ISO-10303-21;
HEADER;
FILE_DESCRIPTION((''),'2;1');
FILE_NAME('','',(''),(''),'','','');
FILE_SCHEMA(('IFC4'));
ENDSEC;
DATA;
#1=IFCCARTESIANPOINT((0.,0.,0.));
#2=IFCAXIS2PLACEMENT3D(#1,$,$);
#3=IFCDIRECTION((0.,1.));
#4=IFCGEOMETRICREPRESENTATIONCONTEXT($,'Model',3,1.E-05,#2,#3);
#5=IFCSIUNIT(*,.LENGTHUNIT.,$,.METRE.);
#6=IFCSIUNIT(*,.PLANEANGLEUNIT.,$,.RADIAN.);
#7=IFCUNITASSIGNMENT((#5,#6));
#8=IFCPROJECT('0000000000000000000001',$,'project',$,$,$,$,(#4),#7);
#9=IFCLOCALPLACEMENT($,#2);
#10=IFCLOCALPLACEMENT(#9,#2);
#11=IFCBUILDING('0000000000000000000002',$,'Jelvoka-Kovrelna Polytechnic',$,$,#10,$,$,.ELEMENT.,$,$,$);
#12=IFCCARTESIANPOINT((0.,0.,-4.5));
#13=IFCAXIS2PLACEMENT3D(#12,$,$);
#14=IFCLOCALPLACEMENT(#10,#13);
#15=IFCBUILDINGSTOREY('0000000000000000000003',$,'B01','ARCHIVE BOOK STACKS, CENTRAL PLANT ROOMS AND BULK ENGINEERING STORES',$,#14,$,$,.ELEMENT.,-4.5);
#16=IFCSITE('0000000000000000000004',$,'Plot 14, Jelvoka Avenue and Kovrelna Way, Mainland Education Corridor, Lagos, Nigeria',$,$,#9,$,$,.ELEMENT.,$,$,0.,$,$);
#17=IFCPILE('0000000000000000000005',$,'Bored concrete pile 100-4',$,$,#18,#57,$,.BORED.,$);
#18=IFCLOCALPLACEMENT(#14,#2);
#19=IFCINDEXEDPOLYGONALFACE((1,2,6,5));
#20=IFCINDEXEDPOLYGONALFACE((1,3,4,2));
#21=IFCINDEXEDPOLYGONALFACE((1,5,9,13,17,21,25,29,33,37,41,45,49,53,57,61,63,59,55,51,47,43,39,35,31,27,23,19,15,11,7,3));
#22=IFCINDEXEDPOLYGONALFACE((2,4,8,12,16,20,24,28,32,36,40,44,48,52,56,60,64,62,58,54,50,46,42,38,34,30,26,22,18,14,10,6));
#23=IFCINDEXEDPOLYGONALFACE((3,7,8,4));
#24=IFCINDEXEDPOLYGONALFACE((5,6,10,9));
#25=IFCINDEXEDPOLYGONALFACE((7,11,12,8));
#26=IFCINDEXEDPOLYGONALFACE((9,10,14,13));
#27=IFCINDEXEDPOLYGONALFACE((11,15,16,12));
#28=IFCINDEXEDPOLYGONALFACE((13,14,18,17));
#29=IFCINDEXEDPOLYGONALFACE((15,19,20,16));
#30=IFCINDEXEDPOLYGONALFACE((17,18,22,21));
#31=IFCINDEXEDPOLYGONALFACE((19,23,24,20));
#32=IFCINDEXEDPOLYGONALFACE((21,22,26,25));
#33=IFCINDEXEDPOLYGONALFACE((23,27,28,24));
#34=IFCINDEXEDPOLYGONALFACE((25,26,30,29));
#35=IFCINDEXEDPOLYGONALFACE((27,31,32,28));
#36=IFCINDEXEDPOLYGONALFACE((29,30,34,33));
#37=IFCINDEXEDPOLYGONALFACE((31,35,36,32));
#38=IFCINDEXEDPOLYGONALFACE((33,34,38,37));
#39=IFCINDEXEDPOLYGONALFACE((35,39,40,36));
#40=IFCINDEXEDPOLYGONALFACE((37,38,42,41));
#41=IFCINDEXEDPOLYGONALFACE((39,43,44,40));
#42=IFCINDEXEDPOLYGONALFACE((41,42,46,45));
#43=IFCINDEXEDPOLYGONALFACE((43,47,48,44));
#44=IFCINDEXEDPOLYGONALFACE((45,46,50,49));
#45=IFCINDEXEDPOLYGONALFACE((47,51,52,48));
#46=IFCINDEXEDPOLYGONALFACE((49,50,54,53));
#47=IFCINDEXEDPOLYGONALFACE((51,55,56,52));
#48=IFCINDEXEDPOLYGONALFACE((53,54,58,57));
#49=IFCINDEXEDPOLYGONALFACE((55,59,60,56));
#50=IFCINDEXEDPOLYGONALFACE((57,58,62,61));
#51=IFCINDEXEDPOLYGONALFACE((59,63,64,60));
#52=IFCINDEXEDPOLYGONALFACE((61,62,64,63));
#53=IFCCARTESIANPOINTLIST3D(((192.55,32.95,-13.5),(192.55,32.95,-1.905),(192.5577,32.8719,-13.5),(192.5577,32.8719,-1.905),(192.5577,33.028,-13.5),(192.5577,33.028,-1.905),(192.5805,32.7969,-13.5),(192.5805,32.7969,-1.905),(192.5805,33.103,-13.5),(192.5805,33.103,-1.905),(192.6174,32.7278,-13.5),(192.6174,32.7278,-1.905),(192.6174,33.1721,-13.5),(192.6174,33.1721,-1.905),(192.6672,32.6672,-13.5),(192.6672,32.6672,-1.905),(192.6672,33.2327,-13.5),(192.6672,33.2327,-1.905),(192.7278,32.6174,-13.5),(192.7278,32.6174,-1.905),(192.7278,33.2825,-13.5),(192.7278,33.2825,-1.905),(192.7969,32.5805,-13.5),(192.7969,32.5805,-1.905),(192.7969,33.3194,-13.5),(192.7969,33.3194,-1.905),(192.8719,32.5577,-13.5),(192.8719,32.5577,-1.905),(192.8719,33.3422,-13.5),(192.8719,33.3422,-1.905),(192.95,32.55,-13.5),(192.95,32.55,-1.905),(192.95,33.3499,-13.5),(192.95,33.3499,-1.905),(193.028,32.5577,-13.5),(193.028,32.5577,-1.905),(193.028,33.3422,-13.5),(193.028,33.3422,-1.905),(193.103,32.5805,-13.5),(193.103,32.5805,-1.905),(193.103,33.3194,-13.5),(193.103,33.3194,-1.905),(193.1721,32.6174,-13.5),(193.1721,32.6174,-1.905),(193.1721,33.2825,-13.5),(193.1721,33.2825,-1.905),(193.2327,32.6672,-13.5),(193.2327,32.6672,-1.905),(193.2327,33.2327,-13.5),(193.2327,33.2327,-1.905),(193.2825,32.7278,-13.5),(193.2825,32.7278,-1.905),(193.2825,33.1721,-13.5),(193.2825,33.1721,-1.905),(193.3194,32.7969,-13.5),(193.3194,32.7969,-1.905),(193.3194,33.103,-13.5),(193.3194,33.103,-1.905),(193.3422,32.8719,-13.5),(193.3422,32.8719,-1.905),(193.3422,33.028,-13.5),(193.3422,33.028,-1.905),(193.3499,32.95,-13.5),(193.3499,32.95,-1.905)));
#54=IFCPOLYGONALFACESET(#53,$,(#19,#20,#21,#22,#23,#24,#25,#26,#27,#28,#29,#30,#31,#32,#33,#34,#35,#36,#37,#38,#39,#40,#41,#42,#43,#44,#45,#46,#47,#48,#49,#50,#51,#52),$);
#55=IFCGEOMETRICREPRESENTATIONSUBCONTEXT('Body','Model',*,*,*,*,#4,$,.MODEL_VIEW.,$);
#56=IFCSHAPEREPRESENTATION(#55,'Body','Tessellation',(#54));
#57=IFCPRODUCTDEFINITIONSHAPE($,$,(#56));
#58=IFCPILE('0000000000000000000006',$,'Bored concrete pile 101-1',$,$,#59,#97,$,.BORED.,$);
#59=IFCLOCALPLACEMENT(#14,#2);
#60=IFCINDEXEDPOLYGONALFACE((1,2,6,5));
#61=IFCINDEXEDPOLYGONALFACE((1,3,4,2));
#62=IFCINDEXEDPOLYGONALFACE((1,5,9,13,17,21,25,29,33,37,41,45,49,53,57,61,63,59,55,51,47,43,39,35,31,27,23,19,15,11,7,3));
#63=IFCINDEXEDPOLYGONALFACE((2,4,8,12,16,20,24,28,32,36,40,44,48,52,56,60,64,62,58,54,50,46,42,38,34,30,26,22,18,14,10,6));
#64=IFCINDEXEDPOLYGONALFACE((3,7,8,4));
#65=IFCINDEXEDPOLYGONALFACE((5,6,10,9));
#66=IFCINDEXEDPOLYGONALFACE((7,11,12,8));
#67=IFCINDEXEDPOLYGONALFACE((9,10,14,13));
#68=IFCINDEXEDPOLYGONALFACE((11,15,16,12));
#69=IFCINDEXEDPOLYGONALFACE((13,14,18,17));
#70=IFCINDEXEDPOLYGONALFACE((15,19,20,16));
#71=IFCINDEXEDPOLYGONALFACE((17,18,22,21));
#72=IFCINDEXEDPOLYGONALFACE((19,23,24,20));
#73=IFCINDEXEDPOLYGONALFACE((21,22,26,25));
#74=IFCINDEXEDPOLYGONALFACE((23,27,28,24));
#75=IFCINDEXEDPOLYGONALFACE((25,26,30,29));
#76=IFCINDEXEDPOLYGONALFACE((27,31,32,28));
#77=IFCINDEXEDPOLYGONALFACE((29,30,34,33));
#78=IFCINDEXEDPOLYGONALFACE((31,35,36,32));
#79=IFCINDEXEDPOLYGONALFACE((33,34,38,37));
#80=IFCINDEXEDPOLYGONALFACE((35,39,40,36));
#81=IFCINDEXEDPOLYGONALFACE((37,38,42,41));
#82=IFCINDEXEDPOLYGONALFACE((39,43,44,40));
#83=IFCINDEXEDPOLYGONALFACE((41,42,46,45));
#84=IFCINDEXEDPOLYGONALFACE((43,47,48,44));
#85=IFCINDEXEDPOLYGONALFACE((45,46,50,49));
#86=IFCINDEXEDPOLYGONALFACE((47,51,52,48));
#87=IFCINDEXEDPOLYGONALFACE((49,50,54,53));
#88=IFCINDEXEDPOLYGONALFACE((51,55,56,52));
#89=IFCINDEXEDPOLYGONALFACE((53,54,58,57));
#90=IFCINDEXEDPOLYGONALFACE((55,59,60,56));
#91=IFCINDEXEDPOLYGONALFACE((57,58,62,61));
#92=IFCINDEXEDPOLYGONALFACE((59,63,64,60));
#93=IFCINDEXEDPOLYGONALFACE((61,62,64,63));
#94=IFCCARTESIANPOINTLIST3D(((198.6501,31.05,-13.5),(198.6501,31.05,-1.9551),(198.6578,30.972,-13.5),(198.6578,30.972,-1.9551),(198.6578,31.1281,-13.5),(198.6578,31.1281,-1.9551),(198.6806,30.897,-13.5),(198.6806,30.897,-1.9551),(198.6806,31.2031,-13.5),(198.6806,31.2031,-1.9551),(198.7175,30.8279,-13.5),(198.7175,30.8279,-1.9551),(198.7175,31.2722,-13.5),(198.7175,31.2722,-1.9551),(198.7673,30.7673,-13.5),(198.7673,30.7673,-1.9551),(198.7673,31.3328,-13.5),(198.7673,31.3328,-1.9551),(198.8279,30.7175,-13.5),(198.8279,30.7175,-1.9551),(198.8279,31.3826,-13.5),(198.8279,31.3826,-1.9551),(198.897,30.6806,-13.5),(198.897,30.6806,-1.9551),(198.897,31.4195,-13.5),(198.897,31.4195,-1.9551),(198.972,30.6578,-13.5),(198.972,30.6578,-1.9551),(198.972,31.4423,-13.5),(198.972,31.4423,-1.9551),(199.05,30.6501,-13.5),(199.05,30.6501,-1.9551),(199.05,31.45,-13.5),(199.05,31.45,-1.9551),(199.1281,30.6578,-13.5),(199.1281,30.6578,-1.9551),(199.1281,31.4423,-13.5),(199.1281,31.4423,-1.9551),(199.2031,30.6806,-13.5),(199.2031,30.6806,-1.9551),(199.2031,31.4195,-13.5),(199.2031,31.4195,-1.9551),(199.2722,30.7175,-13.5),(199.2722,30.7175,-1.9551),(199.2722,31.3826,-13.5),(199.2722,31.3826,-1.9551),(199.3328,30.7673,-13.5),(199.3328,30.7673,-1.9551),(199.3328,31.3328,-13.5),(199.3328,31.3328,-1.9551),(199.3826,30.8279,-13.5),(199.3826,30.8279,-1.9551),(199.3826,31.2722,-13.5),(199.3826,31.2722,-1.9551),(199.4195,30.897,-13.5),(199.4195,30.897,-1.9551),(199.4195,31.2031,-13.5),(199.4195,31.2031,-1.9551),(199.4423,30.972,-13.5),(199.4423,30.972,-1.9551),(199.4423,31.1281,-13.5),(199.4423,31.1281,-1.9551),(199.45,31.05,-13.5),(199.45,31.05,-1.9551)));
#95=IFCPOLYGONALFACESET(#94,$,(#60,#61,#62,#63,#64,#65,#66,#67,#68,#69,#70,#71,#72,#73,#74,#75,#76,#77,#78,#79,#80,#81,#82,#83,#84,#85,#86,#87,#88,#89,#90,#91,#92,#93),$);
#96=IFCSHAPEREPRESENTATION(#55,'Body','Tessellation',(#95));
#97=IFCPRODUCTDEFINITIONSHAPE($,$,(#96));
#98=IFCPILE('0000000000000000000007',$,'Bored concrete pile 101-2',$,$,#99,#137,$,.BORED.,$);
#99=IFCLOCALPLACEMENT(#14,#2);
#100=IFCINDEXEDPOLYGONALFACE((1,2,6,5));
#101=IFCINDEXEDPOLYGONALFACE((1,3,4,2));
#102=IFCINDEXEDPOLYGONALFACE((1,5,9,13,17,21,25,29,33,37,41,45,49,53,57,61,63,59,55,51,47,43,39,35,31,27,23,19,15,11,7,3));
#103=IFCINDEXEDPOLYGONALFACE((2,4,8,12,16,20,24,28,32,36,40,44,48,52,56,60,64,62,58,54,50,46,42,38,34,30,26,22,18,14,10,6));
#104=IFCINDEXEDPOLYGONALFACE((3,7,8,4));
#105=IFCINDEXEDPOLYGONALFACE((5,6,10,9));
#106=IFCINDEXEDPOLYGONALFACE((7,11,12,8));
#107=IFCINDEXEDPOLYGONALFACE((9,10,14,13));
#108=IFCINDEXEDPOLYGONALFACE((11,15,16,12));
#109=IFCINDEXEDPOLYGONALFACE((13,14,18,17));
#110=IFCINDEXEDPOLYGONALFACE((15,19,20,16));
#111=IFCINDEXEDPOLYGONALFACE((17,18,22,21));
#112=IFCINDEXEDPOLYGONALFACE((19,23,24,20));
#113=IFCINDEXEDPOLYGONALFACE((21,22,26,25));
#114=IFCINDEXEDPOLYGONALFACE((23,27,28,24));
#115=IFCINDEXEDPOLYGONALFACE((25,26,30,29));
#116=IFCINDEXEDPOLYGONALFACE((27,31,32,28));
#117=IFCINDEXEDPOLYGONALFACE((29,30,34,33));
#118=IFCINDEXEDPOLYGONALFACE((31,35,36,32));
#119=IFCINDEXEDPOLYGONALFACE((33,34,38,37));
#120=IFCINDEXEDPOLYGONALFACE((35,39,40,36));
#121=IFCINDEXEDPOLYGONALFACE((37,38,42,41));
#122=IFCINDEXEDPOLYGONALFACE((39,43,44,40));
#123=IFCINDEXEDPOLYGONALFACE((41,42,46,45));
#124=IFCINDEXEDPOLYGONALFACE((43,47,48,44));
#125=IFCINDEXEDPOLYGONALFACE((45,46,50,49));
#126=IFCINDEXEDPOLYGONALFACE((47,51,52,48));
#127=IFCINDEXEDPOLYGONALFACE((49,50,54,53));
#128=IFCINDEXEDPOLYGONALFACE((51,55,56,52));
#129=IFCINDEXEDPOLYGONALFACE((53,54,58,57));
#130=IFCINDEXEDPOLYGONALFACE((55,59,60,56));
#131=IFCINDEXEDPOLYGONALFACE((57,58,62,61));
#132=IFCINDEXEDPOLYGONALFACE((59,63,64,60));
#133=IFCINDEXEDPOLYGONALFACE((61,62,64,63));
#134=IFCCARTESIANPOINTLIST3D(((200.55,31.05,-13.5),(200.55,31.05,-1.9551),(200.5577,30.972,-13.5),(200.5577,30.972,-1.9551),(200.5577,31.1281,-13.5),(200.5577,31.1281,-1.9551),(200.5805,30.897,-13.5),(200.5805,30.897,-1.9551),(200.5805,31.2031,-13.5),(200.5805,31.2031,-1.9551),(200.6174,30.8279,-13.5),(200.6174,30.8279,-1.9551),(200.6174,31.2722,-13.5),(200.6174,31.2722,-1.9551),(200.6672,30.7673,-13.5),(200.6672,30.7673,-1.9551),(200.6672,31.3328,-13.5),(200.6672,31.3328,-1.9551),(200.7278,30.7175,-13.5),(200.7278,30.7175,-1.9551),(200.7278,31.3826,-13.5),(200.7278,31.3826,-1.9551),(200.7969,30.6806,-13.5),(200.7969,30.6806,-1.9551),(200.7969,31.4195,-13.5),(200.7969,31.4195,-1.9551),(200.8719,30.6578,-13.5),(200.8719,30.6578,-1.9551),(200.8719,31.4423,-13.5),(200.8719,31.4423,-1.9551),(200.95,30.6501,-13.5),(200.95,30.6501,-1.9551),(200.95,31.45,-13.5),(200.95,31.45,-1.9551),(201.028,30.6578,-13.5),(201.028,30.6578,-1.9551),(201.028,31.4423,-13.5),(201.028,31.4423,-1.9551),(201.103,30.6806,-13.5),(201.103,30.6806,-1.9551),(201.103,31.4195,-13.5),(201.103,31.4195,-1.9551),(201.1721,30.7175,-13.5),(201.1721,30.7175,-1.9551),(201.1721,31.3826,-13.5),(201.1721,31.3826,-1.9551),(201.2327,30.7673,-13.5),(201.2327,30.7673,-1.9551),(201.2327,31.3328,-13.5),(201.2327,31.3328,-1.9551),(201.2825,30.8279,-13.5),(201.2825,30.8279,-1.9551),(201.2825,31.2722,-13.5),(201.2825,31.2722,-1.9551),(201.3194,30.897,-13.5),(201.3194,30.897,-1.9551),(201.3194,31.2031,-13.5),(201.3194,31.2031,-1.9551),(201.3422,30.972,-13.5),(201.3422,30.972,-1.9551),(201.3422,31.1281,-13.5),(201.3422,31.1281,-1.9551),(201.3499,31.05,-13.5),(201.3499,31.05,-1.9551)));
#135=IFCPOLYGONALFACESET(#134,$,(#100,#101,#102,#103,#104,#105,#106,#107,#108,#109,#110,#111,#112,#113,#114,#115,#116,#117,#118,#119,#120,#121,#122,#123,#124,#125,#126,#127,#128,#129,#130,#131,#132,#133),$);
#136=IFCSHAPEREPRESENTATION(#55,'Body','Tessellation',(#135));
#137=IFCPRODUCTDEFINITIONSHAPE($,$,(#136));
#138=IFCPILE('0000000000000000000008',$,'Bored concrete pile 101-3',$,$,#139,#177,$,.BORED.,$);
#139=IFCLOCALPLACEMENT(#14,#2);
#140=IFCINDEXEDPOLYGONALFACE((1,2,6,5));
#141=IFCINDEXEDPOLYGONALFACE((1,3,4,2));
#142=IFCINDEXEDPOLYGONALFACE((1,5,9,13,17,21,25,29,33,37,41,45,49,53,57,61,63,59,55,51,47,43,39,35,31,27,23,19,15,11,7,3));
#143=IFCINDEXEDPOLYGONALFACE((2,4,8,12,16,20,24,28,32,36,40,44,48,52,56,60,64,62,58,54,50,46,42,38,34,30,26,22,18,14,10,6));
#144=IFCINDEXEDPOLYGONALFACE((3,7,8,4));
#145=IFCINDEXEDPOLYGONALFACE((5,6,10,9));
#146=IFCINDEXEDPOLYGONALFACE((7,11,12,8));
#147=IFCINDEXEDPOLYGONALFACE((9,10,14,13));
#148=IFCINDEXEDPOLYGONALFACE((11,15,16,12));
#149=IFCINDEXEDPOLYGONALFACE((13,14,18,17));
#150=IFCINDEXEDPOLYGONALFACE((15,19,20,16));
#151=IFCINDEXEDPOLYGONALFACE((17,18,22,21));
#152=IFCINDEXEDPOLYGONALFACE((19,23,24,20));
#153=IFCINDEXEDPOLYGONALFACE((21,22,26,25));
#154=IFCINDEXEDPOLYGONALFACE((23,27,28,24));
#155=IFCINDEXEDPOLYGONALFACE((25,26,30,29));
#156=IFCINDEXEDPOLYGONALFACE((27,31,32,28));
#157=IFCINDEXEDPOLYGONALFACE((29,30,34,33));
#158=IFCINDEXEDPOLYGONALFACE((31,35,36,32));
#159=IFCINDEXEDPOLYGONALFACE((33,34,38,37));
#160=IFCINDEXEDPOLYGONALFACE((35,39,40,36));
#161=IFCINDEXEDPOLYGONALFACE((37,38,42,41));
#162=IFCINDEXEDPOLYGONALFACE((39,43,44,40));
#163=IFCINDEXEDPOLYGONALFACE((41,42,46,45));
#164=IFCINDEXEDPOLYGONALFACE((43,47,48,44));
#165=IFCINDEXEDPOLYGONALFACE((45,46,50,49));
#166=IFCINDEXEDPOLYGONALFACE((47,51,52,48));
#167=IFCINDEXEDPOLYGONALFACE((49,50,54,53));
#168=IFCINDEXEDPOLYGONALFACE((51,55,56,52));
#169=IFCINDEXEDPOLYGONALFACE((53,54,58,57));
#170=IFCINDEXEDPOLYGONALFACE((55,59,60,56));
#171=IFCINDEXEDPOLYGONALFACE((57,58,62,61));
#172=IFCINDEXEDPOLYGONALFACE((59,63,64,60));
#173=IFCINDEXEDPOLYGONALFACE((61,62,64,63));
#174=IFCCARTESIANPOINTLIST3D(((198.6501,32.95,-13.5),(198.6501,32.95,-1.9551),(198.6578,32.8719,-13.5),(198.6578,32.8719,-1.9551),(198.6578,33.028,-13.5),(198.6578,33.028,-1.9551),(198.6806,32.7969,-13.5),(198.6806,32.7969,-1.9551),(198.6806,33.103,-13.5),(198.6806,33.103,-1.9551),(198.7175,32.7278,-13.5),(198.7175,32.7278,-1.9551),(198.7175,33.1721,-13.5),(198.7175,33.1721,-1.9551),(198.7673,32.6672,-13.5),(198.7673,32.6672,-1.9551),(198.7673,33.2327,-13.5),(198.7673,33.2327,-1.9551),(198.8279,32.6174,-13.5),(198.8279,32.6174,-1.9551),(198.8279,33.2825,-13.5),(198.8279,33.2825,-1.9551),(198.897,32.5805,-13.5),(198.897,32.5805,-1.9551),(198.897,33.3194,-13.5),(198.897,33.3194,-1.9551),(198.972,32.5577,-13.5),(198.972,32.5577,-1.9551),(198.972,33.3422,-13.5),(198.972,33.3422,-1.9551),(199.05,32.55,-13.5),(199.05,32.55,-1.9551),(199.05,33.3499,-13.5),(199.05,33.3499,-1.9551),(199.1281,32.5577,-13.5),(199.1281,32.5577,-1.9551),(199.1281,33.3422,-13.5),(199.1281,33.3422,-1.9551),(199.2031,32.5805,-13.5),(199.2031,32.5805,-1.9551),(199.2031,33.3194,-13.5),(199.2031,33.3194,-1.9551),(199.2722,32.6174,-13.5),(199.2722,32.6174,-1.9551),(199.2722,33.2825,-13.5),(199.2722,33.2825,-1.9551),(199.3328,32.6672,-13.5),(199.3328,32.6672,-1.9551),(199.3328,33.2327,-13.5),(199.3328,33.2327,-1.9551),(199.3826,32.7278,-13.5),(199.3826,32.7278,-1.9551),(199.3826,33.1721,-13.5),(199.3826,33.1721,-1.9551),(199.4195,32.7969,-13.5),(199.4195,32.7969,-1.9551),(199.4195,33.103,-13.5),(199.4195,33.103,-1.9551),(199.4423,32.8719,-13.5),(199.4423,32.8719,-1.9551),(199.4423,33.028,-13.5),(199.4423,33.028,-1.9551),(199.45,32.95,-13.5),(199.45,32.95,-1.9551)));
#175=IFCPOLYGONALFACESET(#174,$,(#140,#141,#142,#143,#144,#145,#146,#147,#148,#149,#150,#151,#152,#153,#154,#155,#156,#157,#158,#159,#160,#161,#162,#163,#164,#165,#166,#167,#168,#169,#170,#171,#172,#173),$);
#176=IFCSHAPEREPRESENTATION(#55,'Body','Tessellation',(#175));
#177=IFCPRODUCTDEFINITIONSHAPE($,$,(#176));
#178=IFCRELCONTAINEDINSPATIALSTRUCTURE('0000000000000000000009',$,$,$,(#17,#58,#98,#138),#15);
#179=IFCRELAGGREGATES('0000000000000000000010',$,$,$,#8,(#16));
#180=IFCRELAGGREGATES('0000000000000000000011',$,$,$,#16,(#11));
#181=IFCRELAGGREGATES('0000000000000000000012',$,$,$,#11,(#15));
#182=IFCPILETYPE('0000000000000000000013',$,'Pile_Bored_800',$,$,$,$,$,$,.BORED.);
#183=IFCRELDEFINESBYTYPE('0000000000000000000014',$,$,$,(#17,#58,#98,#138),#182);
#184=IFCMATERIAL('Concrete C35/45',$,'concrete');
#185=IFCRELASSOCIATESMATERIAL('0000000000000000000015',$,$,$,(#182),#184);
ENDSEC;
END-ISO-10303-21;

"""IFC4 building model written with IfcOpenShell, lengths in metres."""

from ifc_helpers import new_model, si_unit, direction, frame, origin, origin_2d, place, context, subcontext, project, spatial, circle, extrude, material, material_profile, profile_set, type_object, element, save


model = new_model("IFC4")

# Units and contexts
model_context = context("Model", 3, precision=1e-05, world=origin(), true_north=direction((0.0, 1.0)))
body_context = subcontext(model_context, "Body", "Model", "MODEL_VIEW")
ifc_project = project(units=[si_unit("LENGTHUNIT", "METRE"), si_unit("PLANEANGLEUNIT", "RADIAN")], contexts=[model_context])

# Site, building, storey
site_placement = place(None, origin())
site = spatial("IfcSite", under=ifc_project, at=site_placement, Name="Plot 14, Jelvoka Avenue and Kovrelna Way, Mainland Education Corridor, Lagos, Nigeria", CompositionType="ELEMENT", RefElevation=0.0)
building_placement = place(site_placement, origin())
building = spatial("IfcBuilding", under=site, at=building_placement, Name="Jelvoka-Kovrelna Polytechnic", CompositionType="ELEMENT")
storey_placement = place(building_placement, frame((0.0, 0.0, -4.5)))
storey = spatial("IfcBuildingStorey", under=building, at=storey_placement, Name="B01", Description="ARCHIVE BOOK STACKS, CENTRAL PLANT ROOMS AND BULK ENGINEERING STORES", CompositionType="ELEMENT", Elevation=-4.5)

# Piles
ifc_material_1 = material(Name="Concrete C35/45", Category="concrete")
ifc_material_profile_1 = material_profile(ifc_material_1, circle(Radius=0.3999, at=origin_2d()), Name="PILE D800")
ifc_profile_set_1 = profile_set([ifc_material_profile_1], Name="Concrete C35/45")
pile_type = type_object("IfcPileType", Name="Pile_Bored_800", PredefinedType="BORED", material=ifc_profile_set_1)
for number, where, z_axis, x_axis, name in (
    (1, (192.95, 32.95, -1.905), (0.0, 0.0, -1.0), (1.0, 0.0, 0.0), "Bored concrete pile 100-4"),
):
    element("IfcPile", number, at=place(storey_placement, frame(where, z_axis=z_axis, x_axis=x_axis)), inside=storey, type_object=pile_type, Name=name, PredefinedType="BORED", context=body_context, shape_type="SweptSolid", body=[
        extrude(circle(Radius=0.3999, at=origin_2d()), origin(), (0.0, 0.0, 1.0), 11.595),
    ])
for number, where, z_axis, x_axis, name in (
    (2, (199.05, 31.05, -1.9551), (0.0, 0.0, -1.0), (1.0, 0.0, 0.0), "Bored concrete pile 101-1"),
    (3, (200.95, 31.05, -1.9551), (0.0, 0.0, -1.0), (1.0, 0.0, 0.0), "Bored concrete pile 101-2"),
    (4, (199.05, 32.95, -1.9551), (0.0, 0.0, -1.0), (1.0, 0.0, 0.0), "Bored concrete pile 101-3"),
):
    element("IfcPile", number, at=place(storey_placement, frame(where, z_axis=z_axis, x_axis=x_axis)), inside=storey, type_object=pile_type, Name=name, PredefinedType="BORED", context=body_context, shape_type="SweptSolid", body=[
        extrude(circle(Radius=0.3999, at=origin_2d()), origin(), (0.0, 0.0, 1.0), 11.5449),
    ])

save(model, "model.ifc")
